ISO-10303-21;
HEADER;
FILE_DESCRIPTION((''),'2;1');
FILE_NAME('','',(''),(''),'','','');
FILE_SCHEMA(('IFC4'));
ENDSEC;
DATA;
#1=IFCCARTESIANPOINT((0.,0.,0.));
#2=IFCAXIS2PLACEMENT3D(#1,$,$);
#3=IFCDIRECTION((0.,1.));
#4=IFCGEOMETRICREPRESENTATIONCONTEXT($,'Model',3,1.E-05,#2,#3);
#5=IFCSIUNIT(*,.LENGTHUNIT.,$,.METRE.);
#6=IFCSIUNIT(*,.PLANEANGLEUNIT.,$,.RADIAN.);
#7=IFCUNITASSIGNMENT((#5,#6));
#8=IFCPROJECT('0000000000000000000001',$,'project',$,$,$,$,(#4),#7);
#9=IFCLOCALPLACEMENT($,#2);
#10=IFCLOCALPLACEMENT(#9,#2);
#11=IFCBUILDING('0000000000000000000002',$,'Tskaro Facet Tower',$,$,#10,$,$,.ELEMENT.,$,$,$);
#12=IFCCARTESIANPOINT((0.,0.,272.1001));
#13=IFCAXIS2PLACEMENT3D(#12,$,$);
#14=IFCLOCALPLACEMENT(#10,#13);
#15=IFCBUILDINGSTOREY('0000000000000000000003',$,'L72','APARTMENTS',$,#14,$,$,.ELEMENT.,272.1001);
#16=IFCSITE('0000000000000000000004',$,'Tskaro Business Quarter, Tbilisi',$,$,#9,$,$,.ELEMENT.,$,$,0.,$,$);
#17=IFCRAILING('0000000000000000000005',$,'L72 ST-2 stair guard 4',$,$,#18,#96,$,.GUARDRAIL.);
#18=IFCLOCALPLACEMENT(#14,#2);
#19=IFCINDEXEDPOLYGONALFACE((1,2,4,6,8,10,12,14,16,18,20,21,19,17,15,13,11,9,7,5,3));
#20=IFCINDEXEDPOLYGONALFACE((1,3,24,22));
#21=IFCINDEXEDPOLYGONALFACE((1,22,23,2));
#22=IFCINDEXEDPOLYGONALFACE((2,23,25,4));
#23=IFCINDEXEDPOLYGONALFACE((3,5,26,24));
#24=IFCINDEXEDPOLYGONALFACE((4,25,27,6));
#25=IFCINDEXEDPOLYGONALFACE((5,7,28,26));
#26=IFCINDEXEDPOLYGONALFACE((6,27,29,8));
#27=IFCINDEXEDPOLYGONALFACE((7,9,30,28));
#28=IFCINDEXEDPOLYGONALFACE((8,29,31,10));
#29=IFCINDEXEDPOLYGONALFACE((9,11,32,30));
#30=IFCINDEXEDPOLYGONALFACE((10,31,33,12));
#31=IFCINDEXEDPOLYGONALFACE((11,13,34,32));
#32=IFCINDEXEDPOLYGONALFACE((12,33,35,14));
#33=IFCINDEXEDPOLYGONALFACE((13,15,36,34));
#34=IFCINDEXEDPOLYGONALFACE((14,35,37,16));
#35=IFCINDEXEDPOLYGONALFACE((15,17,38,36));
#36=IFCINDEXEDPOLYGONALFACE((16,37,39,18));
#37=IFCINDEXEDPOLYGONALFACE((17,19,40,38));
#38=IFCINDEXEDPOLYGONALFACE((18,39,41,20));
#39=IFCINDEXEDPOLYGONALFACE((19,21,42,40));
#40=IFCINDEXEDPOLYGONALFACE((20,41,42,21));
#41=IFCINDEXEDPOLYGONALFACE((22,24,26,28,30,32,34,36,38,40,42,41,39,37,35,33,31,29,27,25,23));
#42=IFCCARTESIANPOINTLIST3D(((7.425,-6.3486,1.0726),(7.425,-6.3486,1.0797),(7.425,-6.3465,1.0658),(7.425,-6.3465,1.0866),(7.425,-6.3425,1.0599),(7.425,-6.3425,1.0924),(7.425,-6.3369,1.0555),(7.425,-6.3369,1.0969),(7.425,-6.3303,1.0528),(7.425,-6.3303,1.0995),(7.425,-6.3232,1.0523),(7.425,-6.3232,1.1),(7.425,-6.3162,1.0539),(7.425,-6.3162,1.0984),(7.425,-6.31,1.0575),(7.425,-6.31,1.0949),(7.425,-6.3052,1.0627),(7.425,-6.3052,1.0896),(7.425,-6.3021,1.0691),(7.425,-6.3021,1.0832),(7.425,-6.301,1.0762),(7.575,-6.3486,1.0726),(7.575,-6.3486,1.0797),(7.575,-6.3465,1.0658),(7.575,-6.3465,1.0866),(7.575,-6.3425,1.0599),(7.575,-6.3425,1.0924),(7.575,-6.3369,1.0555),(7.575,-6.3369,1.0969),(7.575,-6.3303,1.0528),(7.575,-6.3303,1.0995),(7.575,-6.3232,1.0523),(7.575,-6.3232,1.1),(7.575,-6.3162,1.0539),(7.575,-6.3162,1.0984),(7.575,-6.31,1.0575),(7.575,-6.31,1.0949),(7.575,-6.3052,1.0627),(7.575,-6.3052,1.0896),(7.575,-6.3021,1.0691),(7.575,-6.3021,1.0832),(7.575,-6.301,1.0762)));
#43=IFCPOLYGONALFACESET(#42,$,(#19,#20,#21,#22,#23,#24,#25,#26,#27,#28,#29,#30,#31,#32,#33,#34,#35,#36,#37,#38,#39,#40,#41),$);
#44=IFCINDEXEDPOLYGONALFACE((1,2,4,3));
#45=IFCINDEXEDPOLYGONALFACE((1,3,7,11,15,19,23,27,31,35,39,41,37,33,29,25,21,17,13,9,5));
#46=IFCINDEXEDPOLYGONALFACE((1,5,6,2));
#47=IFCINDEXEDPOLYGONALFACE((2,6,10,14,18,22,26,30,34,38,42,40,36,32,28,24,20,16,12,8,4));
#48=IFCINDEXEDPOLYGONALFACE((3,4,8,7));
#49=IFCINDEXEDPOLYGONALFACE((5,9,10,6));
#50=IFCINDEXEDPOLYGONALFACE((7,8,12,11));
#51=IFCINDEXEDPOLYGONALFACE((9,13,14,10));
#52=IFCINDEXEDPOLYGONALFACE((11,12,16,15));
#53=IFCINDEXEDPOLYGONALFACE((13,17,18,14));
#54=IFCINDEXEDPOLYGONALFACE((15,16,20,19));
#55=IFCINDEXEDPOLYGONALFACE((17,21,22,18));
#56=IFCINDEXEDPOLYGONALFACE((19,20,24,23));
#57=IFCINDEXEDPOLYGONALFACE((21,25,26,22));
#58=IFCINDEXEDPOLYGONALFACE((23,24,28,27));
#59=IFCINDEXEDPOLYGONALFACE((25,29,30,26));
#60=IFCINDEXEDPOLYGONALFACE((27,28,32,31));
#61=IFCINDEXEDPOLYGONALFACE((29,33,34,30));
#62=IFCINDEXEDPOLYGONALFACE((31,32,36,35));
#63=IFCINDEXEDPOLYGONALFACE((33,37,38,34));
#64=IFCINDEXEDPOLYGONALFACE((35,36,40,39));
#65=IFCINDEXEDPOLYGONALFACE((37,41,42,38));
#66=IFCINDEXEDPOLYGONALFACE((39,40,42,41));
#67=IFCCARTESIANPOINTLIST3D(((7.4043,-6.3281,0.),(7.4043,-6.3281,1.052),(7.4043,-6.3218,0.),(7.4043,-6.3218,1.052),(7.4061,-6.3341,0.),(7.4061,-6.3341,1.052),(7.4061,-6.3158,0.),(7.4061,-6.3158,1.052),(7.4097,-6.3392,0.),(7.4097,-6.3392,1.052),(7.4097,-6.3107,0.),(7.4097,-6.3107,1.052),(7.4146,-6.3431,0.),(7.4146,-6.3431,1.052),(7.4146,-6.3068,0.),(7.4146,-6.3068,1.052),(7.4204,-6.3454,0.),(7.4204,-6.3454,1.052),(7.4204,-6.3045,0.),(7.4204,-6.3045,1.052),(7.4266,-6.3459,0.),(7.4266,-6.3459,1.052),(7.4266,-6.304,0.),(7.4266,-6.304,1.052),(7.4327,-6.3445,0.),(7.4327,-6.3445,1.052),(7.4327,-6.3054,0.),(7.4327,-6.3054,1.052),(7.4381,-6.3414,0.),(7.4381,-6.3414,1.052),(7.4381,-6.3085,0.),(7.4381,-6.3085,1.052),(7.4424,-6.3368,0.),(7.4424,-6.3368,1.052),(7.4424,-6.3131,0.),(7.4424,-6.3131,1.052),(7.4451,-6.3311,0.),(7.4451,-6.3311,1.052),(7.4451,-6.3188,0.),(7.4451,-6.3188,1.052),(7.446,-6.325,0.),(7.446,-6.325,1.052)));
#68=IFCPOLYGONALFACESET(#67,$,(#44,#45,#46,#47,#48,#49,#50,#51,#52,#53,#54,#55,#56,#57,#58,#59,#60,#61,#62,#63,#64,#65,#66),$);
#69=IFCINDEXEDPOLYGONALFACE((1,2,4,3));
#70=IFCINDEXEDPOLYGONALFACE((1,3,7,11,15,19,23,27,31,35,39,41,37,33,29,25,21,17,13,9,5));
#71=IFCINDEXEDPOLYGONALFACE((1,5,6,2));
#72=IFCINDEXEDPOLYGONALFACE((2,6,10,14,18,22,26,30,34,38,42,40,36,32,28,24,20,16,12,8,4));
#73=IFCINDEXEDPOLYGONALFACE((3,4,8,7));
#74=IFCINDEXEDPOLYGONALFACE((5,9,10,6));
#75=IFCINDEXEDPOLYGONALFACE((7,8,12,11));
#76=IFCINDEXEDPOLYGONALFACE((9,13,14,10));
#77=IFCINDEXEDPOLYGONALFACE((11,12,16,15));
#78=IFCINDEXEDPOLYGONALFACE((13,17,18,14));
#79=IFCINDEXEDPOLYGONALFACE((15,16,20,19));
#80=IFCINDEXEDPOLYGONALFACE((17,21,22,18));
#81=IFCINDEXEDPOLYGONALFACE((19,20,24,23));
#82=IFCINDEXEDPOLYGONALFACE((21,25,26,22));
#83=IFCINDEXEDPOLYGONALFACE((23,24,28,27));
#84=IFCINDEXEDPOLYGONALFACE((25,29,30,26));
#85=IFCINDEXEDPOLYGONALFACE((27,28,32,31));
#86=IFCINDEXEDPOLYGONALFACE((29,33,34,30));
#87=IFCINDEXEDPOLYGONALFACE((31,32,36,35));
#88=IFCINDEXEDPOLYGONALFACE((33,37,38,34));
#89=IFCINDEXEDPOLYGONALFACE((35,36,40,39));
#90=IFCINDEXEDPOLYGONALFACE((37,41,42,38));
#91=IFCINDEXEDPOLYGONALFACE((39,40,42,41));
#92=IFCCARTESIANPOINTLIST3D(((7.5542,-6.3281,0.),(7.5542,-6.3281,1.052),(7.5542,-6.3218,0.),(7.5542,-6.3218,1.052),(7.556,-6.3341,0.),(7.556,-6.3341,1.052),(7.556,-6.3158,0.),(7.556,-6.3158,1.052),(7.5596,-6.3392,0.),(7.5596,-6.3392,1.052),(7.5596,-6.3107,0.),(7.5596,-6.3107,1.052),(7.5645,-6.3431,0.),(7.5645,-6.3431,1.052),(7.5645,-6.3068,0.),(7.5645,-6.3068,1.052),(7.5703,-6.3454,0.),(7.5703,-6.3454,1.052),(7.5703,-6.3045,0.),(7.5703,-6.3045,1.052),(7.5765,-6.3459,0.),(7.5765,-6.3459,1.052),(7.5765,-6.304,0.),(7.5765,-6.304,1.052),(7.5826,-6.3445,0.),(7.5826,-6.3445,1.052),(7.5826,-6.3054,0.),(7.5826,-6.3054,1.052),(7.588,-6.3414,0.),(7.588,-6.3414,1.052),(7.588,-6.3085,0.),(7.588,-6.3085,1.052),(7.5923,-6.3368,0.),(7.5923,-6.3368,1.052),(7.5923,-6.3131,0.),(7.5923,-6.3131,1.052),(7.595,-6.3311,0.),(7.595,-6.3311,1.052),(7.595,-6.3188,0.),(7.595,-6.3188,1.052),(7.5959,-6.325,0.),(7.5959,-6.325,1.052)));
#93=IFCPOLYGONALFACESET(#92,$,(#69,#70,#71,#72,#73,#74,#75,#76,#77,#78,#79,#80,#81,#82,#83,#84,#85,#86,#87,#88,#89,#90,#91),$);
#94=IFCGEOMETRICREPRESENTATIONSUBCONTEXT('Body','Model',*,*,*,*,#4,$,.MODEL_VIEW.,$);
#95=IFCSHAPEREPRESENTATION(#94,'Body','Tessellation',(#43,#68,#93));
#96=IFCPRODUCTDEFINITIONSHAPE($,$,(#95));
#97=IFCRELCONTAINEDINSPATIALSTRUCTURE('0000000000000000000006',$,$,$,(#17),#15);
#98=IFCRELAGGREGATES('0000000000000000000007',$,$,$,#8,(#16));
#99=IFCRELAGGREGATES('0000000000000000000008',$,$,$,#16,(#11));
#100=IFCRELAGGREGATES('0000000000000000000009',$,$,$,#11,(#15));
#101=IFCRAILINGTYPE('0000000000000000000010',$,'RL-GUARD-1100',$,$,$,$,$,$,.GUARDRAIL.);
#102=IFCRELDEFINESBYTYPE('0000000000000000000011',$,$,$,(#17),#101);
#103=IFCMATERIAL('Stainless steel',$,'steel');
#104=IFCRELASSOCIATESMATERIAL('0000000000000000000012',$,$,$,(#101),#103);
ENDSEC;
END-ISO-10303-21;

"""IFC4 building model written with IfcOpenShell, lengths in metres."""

from ifc_helpers import new_model, si_unit, direction, frame, origin, origin_2d, place, context, subcontext, project, spatial, circle, extrude, material, type_object, element, save


model = new_model("IFC4")

# Units and contexts
model_context = context("Model", 3, precision=1e-05, world=origin(), true_north=direction((0.0, 1.0)))
body_context = subcontext(model_context, "Body", "Model", "MODEL_VIEW")
ifc_project = project(units=[si_unit("LENGTHUNIT", "METRE"), si_unit("PLANEANGLEUNIT", "RADIAN")], contexts=[model_context])

# Site, building, storey
site_placement = place(None, origin())
site = spatial("IfcSite", under=ifc_project, at=site_placement, Name="Tskaro Business Quarter, Tbilisi", CompositionType="ELEMENT", RefElevation=0.0)
building_placement = place(site_placement, origin())
building = spatial("IfcBuilding", under=site, at=building_placement, Name="Tskaro Facet Tower", CompositionType="ELEMENT")
storey_placement = place(building_placement, frame((0.0, 0.0, 272.1001)))
storey = spatial("IfcBuildingStorey", under=building, at=storey_placement, Name="L72", Description="APARTMENTS", CompositionType="ELEMENT", Elevation=272.1001)

# Railing
ifc_material_1 = material(Name="Stainless steel", Category="steel")
railing_type_1 = type_object("IfcRailingType", Name="RL-GUARD-1100", PredefinedType="GUARDRAIL", material=ifc_material_1)
railing_1_placement = place(storey_placement, frame((7.425, -6.325, 0.0)))
element("IfcRailing", 1, at=railing_1_placement, inside=storey, type_object=railing_type_1, Name="L72 ST-2 stair guard 4", PredefinedType="GUARDRAIL", context=body_context, shape_type="SweptSolid", body=[
    extrude(circle(Radius=0.0239, at=origin_2d()), frame((0.0, 0.0, 1.0762), z_axis=(1.0, 0.0, 0.0), x_axis=(0.0, 1.0, 0.0)), (0.0, 0.0, 1.0), 0.1499),
    extrude(circle(Radius=0.021, at=origin_2d()), origin(), (0.0, 0.0, 1.0), 1.052),
    extrude(circle(Radius=0.021, at=origin_2d()), frame((0.1499, 0.0, 0.0)), (0.0, 0.0, 1.0), 1.052),
])

save(model, "model.ifc")
